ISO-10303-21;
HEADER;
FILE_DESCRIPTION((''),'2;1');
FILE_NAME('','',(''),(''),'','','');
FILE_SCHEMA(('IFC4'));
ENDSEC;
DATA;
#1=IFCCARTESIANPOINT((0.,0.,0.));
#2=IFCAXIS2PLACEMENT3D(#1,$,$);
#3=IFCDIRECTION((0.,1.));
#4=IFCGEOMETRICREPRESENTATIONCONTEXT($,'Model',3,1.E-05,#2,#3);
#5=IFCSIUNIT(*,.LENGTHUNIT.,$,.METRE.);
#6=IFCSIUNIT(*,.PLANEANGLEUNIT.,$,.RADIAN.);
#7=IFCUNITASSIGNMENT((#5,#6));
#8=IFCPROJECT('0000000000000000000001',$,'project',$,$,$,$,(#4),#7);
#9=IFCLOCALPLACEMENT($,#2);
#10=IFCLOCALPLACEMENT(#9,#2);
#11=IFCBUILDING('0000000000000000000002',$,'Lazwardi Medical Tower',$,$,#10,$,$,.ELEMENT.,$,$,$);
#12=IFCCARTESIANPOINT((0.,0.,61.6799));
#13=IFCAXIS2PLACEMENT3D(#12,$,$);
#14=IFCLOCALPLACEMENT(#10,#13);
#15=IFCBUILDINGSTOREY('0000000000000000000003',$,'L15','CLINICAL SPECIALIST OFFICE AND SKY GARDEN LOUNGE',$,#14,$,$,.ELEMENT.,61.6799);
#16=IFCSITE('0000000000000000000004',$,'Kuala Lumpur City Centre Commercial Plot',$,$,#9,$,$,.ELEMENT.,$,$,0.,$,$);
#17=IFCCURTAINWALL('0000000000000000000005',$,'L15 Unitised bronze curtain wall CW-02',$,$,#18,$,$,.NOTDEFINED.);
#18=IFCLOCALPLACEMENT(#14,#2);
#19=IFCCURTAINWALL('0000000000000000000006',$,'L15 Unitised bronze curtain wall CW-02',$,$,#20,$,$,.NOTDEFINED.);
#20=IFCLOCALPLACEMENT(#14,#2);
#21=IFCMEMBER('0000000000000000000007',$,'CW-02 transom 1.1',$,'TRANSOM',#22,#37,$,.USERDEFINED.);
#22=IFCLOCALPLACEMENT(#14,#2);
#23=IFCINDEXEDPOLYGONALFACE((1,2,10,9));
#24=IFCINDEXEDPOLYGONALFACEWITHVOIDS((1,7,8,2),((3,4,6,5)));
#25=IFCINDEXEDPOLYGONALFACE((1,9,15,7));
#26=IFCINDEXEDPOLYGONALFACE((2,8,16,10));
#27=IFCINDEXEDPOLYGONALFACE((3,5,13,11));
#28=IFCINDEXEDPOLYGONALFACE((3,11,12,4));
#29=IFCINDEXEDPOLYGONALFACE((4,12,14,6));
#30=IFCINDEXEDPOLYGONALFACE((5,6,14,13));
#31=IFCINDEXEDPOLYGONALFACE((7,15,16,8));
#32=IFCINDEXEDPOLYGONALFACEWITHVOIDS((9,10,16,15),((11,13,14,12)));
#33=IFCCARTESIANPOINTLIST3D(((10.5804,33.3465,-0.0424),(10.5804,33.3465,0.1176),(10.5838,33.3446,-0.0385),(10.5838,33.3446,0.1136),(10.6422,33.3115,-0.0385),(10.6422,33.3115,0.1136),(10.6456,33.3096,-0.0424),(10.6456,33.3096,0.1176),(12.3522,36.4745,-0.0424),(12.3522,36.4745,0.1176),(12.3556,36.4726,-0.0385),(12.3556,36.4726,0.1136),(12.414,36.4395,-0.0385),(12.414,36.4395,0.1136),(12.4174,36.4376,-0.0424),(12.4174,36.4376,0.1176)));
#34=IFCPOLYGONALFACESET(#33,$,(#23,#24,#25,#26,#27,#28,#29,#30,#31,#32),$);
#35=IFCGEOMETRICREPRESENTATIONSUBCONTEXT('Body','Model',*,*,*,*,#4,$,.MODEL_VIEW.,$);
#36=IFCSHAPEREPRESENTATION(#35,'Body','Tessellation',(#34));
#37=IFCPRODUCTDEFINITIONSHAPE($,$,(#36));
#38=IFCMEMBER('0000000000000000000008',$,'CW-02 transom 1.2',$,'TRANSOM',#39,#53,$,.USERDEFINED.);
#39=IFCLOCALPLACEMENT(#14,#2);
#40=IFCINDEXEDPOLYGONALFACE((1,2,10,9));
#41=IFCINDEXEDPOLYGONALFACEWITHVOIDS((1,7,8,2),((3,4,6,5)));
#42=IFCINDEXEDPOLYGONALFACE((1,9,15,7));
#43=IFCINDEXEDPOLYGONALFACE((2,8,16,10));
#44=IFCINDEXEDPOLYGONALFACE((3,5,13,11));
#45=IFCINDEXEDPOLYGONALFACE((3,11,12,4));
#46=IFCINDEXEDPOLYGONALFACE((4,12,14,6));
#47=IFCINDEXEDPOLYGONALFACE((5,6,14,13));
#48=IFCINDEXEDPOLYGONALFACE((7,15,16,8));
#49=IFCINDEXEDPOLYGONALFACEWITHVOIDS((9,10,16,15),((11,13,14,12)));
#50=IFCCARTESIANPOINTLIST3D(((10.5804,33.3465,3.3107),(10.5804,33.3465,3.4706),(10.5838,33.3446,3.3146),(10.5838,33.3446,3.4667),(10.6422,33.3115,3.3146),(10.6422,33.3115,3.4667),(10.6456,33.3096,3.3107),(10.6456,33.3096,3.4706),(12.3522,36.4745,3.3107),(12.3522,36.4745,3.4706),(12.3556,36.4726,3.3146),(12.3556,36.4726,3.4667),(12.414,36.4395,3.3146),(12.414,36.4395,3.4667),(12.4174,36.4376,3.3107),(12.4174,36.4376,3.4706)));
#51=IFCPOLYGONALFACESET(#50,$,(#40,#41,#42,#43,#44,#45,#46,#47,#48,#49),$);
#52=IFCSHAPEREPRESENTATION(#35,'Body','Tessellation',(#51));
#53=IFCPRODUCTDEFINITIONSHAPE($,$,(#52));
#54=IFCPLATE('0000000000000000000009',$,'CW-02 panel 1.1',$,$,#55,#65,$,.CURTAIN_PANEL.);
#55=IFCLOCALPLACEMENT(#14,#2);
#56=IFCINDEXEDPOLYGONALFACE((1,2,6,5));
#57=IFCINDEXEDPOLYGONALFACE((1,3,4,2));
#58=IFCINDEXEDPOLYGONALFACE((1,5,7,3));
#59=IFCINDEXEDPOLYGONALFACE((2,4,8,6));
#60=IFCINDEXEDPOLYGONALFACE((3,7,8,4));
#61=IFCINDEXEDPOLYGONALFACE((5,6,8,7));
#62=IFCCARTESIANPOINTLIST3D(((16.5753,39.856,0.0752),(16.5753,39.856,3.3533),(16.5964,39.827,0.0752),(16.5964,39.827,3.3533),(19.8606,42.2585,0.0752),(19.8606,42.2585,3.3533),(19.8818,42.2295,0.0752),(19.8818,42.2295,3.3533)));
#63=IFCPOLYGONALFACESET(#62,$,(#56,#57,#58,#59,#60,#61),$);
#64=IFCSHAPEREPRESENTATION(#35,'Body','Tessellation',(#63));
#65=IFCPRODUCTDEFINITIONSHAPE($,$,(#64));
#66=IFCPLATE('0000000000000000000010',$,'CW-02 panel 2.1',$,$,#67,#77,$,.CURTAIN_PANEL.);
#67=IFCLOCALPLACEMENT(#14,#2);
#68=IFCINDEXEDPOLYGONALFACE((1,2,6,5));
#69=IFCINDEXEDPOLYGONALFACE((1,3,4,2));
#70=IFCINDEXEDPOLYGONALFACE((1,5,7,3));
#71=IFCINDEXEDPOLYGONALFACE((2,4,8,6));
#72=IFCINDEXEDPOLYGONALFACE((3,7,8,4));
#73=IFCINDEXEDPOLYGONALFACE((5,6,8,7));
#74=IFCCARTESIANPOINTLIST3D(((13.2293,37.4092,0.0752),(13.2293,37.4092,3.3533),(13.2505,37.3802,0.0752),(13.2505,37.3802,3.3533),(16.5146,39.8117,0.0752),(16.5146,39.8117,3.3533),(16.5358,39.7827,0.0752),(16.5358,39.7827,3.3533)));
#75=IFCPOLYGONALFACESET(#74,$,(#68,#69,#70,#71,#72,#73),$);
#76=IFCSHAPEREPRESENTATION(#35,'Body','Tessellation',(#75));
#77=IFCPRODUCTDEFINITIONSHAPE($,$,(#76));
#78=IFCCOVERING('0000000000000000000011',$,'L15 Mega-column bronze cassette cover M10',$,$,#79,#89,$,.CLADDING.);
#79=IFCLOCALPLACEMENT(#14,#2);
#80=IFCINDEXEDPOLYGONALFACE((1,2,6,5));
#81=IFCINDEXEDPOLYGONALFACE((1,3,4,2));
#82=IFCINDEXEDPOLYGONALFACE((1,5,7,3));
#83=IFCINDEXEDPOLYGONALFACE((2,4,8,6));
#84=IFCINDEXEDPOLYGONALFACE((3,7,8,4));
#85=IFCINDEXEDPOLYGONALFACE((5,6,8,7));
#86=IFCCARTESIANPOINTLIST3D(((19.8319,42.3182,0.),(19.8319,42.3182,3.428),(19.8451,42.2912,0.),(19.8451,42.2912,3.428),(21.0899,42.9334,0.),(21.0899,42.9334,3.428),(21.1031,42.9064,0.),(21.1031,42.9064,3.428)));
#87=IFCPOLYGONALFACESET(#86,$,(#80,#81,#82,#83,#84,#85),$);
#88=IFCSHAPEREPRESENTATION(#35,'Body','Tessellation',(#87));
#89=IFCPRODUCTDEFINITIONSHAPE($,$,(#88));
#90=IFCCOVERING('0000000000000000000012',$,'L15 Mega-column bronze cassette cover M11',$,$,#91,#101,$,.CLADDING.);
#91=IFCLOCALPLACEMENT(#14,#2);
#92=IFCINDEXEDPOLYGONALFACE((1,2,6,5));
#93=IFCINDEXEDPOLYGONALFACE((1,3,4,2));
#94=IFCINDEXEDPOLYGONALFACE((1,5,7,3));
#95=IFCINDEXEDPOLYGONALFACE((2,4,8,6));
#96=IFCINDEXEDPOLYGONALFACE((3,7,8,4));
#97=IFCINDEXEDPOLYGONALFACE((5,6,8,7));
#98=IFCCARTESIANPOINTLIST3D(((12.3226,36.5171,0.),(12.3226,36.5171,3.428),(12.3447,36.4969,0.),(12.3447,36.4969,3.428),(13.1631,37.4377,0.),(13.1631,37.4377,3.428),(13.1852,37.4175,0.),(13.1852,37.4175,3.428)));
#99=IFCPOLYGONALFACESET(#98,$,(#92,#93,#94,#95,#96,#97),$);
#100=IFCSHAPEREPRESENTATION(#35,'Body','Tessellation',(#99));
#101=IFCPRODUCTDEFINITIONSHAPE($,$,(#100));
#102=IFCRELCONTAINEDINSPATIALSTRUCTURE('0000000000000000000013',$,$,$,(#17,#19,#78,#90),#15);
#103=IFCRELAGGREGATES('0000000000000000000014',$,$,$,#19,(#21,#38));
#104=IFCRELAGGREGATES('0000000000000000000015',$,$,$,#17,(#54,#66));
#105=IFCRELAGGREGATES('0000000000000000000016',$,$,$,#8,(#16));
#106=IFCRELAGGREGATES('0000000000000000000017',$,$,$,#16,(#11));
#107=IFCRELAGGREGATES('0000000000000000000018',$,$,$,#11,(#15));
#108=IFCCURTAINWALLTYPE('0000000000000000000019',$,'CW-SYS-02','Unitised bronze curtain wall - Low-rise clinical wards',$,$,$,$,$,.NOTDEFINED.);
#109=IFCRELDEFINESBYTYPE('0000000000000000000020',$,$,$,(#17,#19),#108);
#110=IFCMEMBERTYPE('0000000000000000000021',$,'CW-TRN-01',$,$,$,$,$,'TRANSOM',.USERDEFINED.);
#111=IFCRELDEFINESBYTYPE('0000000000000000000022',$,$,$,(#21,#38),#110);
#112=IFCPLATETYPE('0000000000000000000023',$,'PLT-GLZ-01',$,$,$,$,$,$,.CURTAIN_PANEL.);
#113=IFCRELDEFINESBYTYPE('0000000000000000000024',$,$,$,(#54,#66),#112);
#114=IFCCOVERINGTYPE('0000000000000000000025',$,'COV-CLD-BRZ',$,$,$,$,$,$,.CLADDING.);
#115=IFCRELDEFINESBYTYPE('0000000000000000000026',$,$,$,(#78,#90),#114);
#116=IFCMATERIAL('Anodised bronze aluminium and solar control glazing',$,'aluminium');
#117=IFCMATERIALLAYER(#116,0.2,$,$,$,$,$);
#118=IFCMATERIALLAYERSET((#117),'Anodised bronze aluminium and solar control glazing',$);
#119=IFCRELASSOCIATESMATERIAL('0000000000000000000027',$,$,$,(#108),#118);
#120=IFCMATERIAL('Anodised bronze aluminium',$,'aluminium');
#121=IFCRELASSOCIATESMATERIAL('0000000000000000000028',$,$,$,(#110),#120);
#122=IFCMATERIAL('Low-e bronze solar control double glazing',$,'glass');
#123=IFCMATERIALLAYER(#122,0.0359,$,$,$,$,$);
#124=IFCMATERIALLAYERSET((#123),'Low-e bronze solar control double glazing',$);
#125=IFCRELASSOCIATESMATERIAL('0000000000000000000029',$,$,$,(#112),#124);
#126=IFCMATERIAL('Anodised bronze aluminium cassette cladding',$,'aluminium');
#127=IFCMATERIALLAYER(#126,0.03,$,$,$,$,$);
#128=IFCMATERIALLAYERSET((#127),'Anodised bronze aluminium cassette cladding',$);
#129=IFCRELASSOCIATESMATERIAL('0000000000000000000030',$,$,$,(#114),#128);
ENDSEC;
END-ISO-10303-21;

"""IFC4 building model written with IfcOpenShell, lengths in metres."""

from ifc_helpers import new_model, si_unit, direction, frame, origin, origin_2d, place, context, subcontext, project, spatial, rectangle, hollow_rectangle, extrude, material, layer, layer_set, material_profile, profile_set, type_object, element, aggregate, save


model = new_model("IFC4")

# Units and contexts
model_context = context("Model", 3, precision=1e-05, world=origin(), true_north=direction((0.0, 1.0)))
body_context = subcontext(model_context, "Body", "Model", "MODEL_VIEW")
ifc_project = project(units=[si_unit("LENGTHUNIT", "METRE"), si_unit("PLANEANGLEUNIT", "RADIAN")], contexts=[model_context])

# Site, building, storey
site_placement = place(None, origin())
site = spatial("IfcSite", under=ifc_project, at=site_placement, Name="Kuala Lumpur City Centre Commercial Plot", CompositionType="ELEMENT", RefElevation=0.0)
building_placement = place(site_placement, origin())
building = spatial("IfcBuilding", under=site, at=building_placement, Name="Lazwardi Medical Tower", CompositionType="ELEMENT")
storey_placement = place(building_placement, frame((0.0, 0.0, 61.6799)))
storey = spatial("IfcBuildingStorey", under=building, at=storey_placement, Name="L15", Description="CLINICAL SPECIALIST OFFICE AND SKY GARDEN LOUNGE", CompositionType="ELEMENT", Elevation=61.6799)

# Shared definitions
ifc_material_1 = material(Name="Anodised bronze aluminium and solar control glazing", Category="aluminium")
ifc_layer_1 = layer(ifc_material_1, 0.2)
ifc_layer_set_1 = layer_set([ifc_layer_1], Name="Anodised bronze aluminium and solar control glazing")
curtain_wall_type = type_object("IfcCurtainWallType", Name="CW-SYS-02", Description="Unitised bronze curtain wall - Low-rise clinical wards", PredefinedType="NOTDEFINED", material=ifc_layer_set_1)
ifc_material_2 = material(Name="Anodised bronze aluminium", Category="aluminium")

# Curtain wall
curtain_wall_1_placement = place(storey_placement, origin())
curtain_wall_1 = element("IfcCurtainWall", 1, at=curtain_wall_1_placement, inside=storey, type_object=curtain_wall_type, Name="L15 Unitised bronze curtain wall CW-02", PredefinedType="NOTDEFINED")

# Curtain wall
curtain_wall_2_placement = place(storey_placement, origin())
curtain_wall_2 = element("IfcCurtainWall", 2, at=curtain_wall_2_placement, inside=storey, type_object=curtain_wall_type, Name="L15 Unitised bronze curtain wall CW-02", PredefinedType="NOTDEFINED")

# Members
ifc_material_profile_1 = material_profile(ifc_material_2, hollow_rectangle(XDim=0.075, YDim=0.1599, WallThickness=0.0039, at=origin_2d()), Name="ALU-TRANSOM 160x75x4")
ifc_profile_set_1 = profile_set([ifc_material_profile_1], Name="Anodised bronze aluminium")
member_type_1 = type_object("IfcMemberType", Name="CW-TRN-01", ElementType="TRANSOM", PredefinedType="USERDEFINED", material=ifc_profile_set_1)
member_1_placement = place(storey_placement, frame((12.3848, 36.4561, 0.0376), z_axis=(-0.492851, -0.870113, 0.0), x_axis=(0.870113, -0.492851, 0.0)))
member_1 = element("IfcMember", 3, at=member_1_placement, type_object=member_type_1, Name="CW-02 transom 1.1", ObjectType="TRANSOM", PredefinedType="USERDEFINED", context=body_context, shape_type="SweptSolid", body=[
    extrude(hollow_rectangle(XDim=0.075, YDim=0.1599, WallThickness=0.0039, at=origin_2d()), origin(), (0.0, 0.0, 1.0), 3.595),
])
member_2_placement = place(storey_placement, frame((12.3848, 36.4561, 3.3906), z_axis=(-0.492851, -0.870113, 0.0), x_axis=(0.870113, -0.492851, 0.0)))
member_2 = element("IfcMember", 4, at=member_2_placement, type_object=member_type_1, Name="CW-02 transom 1.2", ObjectType="TRANSOM", PredefinedType="USERDEFINED", context=body_context, shape_type="SweptSolid", body=[
    extrude(hollow_rectangle(XDim=0.075, YDim=0.1599, WallThickness=0.0039, at=origin_2d()), origin(), (0.0, 0.0, 1.0), 3.595),
])
aggregate(curtain_wall_2, [member_1, member_2])

# Plates
ifc_material_3 = material(Name="Low-e bronze solar control double glazing", Category="glass")
ifc_layer_2 = layer(ifc_material_3, 0.0359)
ifc_layer_set_2 = layer_set([ifc_layer_2], Name="Low-e bronze solar control double glazing")
plate_type = type_object("IfcPlateType", Name="PLT-GLZ-01", PredefinedType="CURTAIN_PANEL", material=ifc_layer_set_2)
plate_1_placement = place(storey_placement, frame((18.2285, 41.0427, 0.0752), z_axis=(0.0, 0.0, 1.0), x_axis=(-0.807192, -0.590289, 0.0)))
plate_1 = element("IfcPlate", 5, at=plate_1_placement, type_object=plate_type, Name="CW-02 panel 1.1", PredefinedType="CURTAIN_PANEL", context=body_context, shape_type="SweptSolid", body=[
    extrude(rectangle(XDim=4.0701, YDim=0.0359, at=origin_2d()), origin(), (0.0, 0.0, 1.0), 3.2781),
])
plate_2_placement = place(storey_placement, frame((14.8826, 38.5959, 0.0752), z_axis=(0.0, 0.0, 1.0), x_axis=(-0.807192, -0.590289, 0.0)))
plate_2 = element("IfcPlate", 6, at=plate_2_placement, type_object=plate_type, Name="CW-02 panel 2.1", PredefinedType="CURTAIN_PANEL", context=body_context, shape_type="SweptSolid", body=[
    extrude(rectangle(XDim=4.0701, YDim=0.0359, at=origin_2d()), origin(), (0.0, 0.0, 1.0), 3.2781),
])
aggregate(curtain_wall_1, [plate_1, plate_2])

# Coverings
ifc_material_4 = material(Name="Anodised bronze aluminium cassette cladding", Category="aluminium")
ifc_layer_3 = layer(ifc_material_4, 0.03)
ifc_layer_set_3 = layer_set([ifc_layer_3], Name="Anodised bronze aluminium cassette cladding")
covering_type = type_object("IfcCoveringType", Name="COV-CLD-BRZ", PredefinedType="CLADDING", material=ifc_layer_set_3)
covering_1_placement = place(storey_placement, frame((20.4675, 42.6123, 0.0), z_axis=(0.0, 0.0, 1.0), x_axis=(-0.898334, -0.439312, 0.0)))
element("IfcCovering", 7, at=covering_1_placement, inside=storey, type_object=covering_type, Name="L15 Mega-column bronze cassette cover M10", PredefinedType="CLADDING", context=body_context, shape_type="SweptSolid", body=[
    extrude(rectangle(XDim=1.4004, YDim=0.03, at=origin_2d()), origin(), (0.0, 0.0, 1.0), 3.428),
])
covering_2_placement = place(storey_placement, frame((12.7539, 36.9673, 0.0), z_axis=(0.0, 0.0, 1.0), x_axis=(-0.674252, -0.738501, 0.0)))
element("IfcCovering", 8, at=covering_2_placement, inside=storey, type_object=covering_type, Name="L15 Mega-column bronze cassette cover M11", PredefinedType="CLADDING", context=body_context, shape_type="SweptSolid", body=[
    extrude(rectangle(XDim=1.2466, YDim=0.03, at=origin_2d()), origin(), (0.0, 0.0, 1.0), 3.428),
])

save(model, "model.ifc")
